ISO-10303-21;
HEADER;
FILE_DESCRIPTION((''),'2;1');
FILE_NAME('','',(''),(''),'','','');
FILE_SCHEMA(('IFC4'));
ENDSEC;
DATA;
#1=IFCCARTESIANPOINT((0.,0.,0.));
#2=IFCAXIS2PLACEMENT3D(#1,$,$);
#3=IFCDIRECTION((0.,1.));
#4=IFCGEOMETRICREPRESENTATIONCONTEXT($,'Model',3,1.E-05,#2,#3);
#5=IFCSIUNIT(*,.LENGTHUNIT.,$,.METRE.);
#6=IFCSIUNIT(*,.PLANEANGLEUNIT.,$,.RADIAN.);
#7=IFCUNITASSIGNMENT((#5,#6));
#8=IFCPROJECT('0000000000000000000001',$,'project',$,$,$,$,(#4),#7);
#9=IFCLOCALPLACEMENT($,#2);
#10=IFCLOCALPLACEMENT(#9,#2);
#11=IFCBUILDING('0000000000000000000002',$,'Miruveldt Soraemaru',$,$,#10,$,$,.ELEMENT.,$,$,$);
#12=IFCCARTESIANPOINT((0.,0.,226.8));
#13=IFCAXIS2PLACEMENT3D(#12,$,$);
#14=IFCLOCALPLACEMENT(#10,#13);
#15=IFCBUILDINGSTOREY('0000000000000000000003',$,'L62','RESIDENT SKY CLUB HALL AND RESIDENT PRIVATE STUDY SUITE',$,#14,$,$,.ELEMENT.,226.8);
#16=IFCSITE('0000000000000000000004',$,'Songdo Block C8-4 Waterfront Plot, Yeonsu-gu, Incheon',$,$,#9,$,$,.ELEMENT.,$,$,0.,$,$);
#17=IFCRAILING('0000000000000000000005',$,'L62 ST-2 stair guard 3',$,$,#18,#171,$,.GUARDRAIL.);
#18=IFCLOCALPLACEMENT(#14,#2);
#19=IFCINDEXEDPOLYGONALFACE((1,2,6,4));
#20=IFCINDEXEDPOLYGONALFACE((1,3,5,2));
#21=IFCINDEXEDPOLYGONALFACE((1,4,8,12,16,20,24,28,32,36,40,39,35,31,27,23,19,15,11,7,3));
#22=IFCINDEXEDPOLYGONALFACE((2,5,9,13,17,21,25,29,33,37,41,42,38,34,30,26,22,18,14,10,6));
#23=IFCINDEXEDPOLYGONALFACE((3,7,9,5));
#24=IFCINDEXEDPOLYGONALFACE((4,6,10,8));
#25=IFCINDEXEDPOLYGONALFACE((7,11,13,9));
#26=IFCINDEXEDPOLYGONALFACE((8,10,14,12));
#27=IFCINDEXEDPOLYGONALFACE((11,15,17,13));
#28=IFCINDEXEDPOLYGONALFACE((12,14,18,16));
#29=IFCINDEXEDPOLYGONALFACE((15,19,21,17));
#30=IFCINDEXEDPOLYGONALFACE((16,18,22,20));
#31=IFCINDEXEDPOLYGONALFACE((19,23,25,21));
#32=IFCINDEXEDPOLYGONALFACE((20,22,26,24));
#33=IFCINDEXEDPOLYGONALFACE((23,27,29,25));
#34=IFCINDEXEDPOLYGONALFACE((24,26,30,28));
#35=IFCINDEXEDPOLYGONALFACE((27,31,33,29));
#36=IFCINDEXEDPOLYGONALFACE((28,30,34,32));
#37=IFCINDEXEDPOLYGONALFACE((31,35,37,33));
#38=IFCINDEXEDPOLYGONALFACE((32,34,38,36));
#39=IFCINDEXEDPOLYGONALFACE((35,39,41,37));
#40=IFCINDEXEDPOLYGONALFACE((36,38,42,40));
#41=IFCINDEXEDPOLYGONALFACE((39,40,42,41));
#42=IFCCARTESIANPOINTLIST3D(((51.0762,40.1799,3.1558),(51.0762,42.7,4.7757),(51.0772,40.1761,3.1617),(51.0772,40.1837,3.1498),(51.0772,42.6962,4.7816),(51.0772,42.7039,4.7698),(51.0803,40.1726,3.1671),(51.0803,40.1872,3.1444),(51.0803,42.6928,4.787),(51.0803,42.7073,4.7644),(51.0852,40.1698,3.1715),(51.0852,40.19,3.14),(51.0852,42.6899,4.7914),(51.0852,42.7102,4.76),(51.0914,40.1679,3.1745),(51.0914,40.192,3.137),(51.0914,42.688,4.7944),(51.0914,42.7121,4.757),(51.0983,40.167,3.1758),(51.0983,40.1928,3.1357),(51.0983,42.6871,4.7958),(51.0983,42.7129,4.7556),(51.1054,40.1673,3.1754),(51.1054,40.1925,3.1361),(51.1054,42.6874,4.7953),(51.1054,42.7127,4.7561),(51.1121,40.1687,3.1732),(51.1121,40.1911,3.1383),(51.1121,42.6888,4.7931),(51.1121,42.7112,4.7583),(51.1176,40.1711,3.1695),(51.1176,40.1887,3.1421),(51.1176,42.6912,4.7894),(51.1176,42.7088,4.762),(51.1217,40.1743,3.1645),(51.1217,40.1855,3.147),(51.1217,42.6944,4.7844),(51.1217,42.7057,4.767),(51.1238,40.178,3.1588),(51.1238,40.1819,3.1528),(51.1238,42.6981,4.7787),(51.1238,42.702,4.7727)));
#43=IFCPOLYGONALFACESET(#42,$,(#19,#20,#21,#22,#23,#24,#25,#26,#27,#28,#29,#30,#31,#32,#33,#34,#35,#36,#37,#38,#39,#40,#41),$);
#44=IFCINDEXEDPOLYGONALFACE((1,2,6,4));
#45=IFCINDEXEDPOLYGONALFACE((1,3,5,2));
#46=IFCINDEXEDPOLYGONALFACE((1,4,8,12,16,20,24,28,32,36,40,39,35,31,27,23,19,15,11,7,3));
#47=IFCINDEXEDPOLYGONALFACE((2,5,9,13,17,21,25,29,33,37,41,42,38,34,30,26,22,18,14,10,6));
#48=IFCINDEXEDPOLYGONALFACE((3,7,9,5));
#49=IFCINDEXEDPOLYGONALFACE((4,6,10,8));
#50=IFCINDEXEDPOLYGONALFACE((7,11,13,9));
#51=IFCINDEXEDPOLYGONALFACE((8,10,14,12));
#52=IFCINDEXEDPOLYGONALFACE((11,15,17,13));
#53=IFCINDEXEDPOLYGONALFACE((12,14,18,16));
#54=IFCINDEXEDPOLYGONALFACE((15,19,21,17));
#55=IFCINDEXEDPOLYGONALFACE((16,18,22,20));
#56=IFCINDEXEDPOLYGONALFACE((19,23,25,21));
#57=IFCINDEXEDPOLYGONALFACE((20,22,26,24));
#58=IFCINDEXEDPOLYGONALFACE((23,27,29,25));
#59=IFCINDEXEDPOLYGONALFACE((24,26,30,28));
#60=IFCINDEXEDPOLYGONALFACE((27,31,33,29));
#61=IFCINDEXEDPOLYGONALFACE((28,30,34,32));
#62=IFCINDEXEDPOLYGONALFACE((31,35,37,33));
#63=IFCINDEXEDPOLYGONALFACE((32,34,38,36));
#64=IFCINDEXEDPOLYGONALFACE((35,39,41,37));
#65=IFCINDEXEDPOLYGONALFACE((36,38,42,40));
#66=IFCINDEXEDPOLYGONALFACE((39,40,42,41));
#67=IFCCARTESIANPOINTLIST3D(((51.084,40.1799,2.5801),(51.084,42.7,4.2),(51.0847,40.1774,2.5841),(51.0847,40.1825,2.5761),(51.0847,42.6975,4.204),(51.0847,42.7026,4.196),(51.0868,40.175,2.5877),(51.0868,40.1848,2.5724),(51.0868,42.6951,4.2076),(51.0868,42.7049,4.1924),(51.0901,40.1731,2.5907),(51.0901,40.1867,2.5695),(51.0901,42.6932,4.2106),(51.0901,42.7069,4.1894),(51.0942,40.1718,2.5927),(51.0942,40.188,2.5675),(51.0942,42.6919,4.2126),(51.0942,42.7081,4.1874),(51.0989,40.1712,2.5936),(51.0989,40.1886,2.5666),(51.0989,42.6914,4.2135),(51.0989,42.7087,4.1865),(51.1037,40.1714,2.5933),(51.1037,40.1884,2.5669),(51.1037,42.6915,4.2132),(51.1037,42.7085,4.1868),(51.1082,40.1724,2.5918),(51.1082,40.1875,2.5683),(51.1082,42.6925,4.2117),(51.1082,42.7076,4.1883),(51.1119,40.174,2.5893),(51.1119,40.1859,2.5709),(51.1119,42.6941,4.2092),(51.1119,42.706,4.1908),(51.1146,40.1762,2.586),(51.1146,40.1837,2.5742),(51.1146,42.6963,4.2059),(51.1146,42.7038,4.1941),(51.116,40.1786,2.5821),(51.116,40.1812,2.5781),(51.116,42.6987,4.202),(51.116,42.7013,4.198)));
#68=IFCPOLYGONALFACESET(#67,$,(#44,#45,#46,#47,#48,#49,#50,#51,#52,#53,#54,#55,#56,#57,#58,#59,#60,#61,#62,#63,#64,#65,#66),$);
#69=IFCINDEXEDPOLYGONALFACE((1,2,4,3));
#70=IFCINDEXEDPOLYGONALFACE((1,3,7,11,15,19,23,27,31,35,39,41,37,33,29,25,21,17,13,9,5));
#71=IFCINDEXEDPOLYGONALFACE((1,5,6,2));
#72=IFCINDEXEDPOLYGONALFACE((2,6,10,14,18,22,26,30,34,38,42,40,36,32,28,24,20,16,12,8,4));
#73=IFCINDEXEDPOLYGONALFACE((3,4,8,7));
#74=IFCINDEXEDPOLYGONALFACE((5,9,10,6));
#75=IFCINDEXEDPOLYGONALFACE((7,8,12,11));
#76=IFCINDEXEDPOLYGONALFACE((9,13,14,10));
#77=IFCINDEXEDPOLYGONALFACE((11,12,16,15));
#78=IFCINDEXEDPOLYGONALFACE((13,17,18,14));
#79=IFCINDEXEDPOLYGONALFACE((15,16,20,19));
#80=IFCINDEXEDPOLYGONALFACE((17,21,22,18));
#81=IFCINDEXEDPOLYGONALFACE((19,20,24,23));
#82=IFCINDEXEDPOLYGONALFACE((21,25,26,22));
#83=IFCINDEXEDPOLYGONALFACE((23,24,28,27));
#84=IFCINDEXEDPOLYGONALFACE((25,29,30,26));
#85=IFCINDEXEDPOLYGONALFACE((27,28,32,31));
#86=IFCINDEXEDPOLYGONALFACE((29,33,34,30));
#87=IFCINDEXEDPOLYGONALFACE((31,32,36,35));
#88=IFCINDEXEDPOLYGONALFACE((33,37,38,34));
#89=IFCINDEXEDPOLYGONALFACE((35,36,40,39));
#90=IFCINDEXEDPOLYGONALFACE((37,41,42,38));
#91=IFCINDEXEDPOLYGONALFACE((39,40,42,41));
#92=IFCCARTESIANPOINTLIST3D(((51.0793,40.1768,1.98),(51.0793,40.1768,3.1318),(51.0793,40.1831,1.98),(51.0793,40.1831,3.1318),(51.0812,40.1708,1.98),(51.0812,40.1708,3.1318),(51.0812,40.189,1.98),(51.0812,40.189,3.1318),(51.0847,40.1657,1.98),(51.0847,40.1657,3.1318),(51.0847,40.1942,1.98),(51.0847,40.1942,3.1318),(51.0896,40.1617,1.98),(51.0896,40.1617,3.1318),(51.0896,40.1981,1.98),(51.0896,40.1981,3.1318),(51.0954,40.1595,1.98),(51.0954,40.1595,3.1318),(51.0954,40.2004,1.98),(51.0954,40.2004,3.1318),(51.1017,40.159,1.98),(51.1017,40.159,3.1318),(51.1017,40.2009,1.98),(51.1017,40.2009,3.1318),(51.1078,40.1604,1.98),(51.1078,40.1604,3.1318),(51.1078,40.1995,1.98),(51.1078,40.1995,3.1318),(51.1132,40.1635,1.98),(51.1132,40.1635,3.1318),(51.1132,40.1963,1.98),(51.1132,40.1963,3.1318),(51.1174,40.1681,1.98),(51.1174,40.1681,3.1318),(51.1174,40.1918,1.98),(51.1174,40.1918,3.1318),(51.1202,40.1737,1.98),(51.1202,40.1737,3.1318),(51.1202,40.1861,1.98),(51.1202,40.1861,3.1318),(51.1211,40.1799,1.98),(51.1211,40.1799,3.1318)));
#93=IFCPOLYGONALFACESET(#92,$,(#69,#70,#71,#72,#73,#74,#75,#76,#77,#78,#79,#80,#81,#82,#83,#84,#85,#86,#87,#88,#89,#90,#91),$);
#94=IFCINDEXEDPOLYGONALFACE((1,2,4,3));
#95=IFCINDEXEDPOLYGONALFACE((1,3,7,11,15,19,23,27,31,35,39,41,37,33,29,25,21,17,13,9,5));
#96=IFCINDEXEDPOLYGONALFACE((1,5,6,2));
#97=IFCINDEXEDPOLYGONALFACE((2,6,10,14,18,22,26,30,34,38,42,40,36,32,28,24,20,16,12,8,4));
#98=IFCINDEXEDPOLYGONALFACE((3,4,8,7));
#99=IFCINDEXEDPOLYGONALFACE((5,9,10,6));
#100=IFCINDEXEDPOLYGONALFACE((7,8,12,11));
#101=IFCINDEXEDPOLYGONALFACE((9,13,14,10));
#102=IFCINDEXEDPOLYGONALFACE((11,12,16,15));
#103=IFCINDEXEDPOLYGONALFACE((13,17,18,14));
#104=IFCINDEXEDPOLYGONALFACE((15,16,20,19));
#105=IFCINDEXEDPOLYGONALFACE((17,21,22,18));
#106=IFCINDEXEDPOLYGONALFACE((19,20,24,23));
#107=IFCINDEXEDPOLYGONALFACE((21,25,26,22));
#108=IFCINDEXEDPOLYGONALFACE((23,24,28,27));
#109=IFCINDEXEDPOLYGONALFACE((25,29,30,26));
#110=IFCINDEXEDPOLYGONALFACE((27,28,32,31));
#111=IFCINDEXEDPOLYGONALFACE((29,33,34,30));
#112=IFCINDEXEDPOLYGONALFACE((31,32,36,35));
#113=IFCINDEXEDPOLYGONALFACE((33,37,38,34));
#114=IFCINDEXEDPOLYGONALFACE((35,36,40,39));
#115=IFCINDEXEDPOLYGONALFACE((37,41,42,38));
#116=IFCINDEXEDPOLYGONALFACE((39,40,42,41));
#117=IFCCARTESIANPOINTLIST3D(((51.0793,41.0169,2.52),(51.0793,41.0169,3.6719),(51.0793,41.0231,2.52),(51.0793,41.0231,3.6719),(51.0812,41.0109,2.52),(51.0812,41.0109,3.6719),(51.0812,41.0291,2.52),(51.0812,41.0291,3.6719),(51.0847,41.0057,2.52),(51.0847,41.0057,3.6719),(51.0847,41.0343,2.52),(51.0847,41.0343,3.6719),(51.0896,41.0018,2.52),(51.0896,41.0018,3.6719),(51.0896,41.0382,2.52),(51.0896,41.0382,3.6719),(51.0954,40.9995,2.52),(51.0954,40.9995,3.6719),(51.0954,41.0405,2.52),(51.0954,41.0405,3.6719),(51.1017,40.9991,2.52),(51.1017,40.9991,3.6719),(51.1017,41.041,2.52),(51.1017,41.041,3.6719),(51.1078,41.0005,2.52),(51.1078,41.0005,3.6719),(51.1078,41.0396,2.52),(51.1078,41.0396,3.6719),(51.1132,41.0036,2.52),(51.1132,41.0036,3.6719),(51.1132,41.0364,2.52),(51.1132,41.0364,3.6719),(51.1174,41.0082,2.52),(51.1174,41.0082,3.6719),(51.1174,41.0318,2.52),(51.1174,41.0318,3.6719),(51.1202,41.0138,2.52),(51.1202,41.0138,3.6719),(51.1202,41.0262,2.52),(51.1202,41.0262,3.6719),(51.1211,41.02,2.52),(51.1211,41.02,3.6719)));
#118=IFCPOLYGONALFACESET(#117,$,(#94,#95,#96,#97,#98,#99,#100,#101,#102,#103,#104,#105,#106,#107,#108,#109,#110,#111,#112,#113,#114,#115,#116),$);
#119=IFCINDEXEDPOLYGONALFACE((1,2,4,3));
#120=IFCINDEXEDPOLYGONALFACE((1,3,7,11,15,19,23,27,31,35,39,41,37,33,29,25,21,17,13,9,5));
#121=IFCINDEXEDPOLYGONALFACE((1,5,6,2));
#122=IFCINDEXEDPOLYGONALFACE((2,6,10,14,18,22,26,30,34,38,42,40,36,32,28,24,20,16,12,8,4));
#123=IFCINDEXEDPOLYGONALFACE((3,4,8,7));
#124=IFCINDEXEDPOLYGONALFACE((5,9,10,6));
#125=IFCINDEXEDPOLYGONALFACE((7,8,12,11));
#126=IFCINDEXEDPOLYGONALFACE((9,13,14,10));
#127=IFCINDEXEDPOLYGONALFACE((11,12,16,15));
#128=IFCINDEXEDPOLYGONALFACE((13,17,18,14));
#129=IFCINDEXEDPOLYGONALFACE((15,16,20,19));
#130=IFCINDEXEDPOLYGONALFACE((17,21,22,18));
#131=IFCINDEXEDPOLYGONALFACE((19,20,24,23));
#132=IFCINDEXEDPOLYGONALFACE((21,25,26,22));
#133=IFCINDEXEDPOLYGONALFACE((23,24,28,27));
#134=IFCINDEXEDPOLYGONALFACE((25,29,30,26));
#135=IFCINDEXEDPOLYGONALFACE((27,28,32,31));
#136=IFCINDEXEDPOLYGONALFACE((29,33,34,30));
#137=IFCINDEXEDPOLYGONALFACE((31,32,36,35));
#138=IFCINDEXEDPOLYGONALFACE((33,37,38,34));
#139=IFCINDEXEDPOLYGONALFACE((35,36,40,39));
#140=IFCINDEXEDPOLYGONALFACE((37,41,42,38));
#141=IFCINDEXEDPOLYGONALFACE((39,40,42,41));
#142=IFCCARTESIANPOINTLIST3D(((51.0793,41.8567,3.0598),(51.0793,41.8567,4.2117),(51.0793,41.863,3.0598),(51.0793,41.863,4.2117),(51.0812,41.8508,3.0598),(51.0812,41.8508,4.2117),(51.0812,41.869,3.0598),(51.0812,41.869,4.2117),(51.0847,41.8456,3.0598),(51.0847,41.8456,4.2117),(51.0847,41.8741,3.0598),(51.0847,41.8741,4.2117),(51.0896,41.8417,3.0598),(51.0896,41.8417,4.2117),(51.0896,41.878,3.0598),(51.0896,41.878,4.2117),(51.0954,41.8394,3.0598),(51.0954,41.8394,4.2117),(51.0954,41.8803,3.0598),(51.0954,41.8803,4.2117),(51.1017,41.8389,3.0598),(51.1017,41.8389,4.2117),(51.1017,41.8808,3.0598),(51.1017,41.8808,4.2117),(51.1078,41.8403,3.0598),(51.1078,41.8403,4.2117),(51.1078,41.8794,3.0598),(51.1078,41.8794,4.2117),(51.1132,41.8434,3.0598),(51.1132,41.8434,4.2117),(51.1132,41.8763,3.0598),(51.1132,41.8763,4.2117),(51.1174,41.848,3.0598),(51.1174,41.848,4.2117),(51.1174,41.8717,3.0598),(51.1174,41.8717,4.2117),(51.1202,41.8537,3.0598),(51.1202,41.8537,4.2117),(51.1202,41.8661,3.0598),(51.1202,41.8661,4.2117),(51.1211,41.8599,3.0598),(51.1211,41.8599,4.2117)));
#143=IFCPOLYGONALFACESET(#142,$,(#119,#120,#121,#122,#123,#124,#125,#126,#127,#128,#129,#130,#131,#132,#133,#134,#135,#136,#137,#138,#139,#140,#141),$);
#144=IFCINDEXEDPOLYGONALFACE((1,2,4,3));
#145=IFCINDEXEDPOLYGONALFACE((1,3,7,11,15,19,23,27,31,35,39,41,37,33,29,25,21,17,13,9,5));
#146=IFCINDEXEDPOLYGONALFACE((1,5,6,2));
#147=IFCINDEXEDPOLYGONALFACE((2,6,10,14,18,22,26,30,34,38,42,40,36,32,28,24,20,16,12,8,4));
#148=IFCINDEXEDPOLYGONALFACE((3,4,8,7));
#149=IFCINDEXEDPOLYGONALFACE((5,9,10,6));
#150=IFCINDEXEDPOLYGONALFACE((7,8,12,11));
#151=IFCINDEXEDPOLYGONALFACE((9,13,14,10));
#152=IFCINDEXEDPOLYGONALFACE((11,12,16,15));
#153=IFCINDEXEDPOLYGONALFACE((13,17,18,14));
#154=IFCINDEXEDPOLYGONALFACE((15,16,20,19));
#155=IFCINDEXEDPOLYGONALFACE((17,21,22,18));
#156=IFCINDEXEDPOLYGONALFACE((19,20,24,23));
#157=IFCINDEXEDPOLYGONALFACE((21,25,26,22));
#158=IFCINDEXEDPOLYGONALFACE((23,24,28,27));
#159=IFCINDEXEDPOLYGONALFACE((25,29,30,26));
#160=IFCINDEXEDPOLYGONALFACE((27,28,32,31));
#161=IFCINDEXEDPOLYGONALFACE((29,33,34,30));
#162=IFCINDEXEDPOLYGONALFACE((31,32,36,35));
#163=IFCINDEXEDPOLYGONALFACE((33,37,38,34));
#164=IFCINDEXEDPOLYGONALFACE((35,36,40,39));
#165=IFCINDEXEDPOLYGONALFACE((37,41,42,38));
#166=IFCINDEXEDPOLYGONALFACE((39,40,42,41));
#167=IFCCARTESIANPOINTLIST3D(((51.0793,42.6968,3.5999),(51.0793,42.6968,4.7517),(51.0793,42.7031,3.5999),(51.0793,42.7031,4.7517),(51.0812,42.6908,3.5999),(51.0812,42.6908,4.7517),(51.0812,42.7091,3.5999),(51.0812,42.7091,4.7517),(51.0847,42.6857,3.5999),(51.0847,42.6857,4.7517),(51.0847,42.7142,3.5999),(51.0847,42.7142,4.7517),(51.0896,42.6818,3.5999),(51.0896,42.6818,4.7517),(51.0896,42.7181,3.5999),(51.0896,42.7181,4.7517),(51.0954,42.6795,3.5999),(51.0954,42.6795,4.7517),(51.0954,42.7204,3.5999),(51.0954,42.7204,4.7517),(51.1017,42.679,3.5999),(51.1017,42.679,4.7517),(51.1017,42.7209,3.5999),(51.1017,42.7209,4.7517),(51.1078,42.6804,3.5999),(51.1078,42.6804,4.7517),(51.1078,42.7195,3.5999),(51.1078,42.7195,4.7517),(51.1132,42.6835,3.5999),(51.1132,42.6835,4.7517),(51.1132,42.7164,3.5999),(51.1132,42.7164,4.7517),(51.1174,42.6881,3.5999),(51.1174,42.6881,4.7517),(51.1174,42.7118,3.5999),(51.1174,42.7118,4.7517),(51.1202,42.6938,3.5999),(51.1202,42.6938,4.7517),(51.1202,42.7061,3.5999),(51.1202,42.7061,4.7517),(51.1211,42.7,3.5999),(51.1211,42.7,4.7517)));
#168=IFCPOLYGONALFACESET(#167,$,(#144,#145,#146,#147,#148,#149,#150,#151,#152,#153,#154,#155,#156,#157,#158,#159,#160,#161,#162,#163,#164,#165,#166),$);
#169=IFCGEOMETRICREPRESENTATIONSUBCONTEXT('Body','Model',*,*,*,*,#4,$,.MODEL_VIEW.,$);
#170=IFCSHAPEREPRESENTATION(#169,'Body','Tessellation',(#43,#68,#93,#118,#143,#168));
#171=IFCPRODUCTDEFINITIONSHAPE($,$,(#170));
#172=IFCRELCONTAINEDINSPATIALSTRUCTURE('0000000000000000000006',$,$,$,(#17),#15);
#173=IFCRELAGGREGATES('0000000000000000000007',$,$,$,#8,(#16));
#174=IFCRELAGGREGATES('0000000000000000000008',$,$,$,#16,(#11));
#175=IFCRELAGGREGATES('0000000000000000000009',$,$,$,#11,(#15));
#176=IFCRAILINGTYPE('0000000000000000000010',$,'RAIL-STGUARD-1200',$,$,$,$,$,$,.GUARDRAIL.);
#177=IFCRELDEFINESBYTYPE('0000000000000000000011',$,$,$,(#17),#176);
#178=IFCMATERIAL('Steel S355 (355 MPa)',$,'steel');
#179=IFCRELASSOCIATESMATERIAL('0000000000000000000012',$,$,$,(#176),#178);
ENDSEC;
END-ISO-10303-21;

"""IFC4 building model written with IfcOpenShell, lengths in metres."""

from ifc_helpers import new_model, si_unit, direction, frame, origin, origin_2d, place, context, subcontext, project, spatial, circle, extrude, material, type_object, element, save


model = new_model("IFC4")

# Units and contexts
model_context = context("Model", 3, precision=1e-05, world=origin(), true_north=direction((0.0, 1.0)))
body_context = subcontext(model_context, "Body", "Model", "MODEL_VIEW")
ifc_project = project(units=[si_unit("LENGTHUNIT", "METRE"), si_unit("PLANEANGLEUNIT", "RADIAN")], contexts=[model_context])

# Site, building, storey
site_placement = place(None, origin())
site = spatial("IfcSite", under=ifc_project, at=site_placement, Name="Songdo Block C8-4 Waterfront Plot, Yeonsu-gu, Incheon", CompositionType="ELEMENT", RefElevation=0.0)
building_placement = place(site_placement, origin())
building = spatial("IfcBuilding", under=site, at=building_placement, Name="Miruveldt Soraemaru", CompositionType="ELEMENT")
storey_placement = place(building_placement, frame((0.0, 0.0, 226.8)))
storey = spatial("IfcBuildingStorey", under=building, at=storey_placement, Name="L62", Description="RESIDENT SKY CLUB HALL AND RESIDENT PRIVATE STUDY SUITE", CompositionType="ELEMENT", Elevation=226.8)

# Railing
ifc_material_1 = material(Name="Steel S355 (355 MPa)", Category="steel")
railing_type_1 = type_object("IfcRailingType", Name="RAIL-STGUARD-1200", PredefinedType="GUARDRAIL", material=ifc_material_1)
railing_1_placement = place(storey_placement, frame((51.1001, 40.1799, 1.98)))
element("IfcRailing", 1, at=railing_1_placement, inside=storey, type_object=railing_type_1, Name="L62 ST-2 stair guard 3", PredefinedType="GUARDRAIL", context=body_context, shape_type="SweptSolid", body=[
    extrude(circle(Radius=0.0239, at=origin_2d()), frame((0.0, 0.0, 1.1758), z_axis=(0.0, 0.8412, 0.540725), x_axis=(-1.0, 0.0, 0.0)), (0.0, 0.0, 1.0), 2.9958),
    extrude(circle(Radius=0.0161, at=origin_2d()), frame((0.0, 0.0, 0.6001), z_axis=(0.0, 0.8412, 0.540725), x_axis=(-1.0, 0.0, 0.0)), (0.0, 0.0, 1.0), 2.9958),
    extrude(circle(Radius=0.021, at=origin_2d()), origin(), (0.0, 0.0, 1.0), 1.1519),
    extrude(circle(Radius=0.021, at=origin_2d()), frame((0.0, 0.8401, 0.54)), (0.0, 0.0, 1.0), 1.1519),
    extrude(circle(Radius=0.021, at=origin_2d()), frame((0.0, 1.6799, 1.0798)), (0.0, 0.0, 1.0), 1.1519),
    extrude(circle(Radius=0.021, at=origin_2d()), frame((0.0, 2.52, 1.6199)), (0.0, 0.0, 1.0), 1.1519),
])

save(model, "model.ifc")
